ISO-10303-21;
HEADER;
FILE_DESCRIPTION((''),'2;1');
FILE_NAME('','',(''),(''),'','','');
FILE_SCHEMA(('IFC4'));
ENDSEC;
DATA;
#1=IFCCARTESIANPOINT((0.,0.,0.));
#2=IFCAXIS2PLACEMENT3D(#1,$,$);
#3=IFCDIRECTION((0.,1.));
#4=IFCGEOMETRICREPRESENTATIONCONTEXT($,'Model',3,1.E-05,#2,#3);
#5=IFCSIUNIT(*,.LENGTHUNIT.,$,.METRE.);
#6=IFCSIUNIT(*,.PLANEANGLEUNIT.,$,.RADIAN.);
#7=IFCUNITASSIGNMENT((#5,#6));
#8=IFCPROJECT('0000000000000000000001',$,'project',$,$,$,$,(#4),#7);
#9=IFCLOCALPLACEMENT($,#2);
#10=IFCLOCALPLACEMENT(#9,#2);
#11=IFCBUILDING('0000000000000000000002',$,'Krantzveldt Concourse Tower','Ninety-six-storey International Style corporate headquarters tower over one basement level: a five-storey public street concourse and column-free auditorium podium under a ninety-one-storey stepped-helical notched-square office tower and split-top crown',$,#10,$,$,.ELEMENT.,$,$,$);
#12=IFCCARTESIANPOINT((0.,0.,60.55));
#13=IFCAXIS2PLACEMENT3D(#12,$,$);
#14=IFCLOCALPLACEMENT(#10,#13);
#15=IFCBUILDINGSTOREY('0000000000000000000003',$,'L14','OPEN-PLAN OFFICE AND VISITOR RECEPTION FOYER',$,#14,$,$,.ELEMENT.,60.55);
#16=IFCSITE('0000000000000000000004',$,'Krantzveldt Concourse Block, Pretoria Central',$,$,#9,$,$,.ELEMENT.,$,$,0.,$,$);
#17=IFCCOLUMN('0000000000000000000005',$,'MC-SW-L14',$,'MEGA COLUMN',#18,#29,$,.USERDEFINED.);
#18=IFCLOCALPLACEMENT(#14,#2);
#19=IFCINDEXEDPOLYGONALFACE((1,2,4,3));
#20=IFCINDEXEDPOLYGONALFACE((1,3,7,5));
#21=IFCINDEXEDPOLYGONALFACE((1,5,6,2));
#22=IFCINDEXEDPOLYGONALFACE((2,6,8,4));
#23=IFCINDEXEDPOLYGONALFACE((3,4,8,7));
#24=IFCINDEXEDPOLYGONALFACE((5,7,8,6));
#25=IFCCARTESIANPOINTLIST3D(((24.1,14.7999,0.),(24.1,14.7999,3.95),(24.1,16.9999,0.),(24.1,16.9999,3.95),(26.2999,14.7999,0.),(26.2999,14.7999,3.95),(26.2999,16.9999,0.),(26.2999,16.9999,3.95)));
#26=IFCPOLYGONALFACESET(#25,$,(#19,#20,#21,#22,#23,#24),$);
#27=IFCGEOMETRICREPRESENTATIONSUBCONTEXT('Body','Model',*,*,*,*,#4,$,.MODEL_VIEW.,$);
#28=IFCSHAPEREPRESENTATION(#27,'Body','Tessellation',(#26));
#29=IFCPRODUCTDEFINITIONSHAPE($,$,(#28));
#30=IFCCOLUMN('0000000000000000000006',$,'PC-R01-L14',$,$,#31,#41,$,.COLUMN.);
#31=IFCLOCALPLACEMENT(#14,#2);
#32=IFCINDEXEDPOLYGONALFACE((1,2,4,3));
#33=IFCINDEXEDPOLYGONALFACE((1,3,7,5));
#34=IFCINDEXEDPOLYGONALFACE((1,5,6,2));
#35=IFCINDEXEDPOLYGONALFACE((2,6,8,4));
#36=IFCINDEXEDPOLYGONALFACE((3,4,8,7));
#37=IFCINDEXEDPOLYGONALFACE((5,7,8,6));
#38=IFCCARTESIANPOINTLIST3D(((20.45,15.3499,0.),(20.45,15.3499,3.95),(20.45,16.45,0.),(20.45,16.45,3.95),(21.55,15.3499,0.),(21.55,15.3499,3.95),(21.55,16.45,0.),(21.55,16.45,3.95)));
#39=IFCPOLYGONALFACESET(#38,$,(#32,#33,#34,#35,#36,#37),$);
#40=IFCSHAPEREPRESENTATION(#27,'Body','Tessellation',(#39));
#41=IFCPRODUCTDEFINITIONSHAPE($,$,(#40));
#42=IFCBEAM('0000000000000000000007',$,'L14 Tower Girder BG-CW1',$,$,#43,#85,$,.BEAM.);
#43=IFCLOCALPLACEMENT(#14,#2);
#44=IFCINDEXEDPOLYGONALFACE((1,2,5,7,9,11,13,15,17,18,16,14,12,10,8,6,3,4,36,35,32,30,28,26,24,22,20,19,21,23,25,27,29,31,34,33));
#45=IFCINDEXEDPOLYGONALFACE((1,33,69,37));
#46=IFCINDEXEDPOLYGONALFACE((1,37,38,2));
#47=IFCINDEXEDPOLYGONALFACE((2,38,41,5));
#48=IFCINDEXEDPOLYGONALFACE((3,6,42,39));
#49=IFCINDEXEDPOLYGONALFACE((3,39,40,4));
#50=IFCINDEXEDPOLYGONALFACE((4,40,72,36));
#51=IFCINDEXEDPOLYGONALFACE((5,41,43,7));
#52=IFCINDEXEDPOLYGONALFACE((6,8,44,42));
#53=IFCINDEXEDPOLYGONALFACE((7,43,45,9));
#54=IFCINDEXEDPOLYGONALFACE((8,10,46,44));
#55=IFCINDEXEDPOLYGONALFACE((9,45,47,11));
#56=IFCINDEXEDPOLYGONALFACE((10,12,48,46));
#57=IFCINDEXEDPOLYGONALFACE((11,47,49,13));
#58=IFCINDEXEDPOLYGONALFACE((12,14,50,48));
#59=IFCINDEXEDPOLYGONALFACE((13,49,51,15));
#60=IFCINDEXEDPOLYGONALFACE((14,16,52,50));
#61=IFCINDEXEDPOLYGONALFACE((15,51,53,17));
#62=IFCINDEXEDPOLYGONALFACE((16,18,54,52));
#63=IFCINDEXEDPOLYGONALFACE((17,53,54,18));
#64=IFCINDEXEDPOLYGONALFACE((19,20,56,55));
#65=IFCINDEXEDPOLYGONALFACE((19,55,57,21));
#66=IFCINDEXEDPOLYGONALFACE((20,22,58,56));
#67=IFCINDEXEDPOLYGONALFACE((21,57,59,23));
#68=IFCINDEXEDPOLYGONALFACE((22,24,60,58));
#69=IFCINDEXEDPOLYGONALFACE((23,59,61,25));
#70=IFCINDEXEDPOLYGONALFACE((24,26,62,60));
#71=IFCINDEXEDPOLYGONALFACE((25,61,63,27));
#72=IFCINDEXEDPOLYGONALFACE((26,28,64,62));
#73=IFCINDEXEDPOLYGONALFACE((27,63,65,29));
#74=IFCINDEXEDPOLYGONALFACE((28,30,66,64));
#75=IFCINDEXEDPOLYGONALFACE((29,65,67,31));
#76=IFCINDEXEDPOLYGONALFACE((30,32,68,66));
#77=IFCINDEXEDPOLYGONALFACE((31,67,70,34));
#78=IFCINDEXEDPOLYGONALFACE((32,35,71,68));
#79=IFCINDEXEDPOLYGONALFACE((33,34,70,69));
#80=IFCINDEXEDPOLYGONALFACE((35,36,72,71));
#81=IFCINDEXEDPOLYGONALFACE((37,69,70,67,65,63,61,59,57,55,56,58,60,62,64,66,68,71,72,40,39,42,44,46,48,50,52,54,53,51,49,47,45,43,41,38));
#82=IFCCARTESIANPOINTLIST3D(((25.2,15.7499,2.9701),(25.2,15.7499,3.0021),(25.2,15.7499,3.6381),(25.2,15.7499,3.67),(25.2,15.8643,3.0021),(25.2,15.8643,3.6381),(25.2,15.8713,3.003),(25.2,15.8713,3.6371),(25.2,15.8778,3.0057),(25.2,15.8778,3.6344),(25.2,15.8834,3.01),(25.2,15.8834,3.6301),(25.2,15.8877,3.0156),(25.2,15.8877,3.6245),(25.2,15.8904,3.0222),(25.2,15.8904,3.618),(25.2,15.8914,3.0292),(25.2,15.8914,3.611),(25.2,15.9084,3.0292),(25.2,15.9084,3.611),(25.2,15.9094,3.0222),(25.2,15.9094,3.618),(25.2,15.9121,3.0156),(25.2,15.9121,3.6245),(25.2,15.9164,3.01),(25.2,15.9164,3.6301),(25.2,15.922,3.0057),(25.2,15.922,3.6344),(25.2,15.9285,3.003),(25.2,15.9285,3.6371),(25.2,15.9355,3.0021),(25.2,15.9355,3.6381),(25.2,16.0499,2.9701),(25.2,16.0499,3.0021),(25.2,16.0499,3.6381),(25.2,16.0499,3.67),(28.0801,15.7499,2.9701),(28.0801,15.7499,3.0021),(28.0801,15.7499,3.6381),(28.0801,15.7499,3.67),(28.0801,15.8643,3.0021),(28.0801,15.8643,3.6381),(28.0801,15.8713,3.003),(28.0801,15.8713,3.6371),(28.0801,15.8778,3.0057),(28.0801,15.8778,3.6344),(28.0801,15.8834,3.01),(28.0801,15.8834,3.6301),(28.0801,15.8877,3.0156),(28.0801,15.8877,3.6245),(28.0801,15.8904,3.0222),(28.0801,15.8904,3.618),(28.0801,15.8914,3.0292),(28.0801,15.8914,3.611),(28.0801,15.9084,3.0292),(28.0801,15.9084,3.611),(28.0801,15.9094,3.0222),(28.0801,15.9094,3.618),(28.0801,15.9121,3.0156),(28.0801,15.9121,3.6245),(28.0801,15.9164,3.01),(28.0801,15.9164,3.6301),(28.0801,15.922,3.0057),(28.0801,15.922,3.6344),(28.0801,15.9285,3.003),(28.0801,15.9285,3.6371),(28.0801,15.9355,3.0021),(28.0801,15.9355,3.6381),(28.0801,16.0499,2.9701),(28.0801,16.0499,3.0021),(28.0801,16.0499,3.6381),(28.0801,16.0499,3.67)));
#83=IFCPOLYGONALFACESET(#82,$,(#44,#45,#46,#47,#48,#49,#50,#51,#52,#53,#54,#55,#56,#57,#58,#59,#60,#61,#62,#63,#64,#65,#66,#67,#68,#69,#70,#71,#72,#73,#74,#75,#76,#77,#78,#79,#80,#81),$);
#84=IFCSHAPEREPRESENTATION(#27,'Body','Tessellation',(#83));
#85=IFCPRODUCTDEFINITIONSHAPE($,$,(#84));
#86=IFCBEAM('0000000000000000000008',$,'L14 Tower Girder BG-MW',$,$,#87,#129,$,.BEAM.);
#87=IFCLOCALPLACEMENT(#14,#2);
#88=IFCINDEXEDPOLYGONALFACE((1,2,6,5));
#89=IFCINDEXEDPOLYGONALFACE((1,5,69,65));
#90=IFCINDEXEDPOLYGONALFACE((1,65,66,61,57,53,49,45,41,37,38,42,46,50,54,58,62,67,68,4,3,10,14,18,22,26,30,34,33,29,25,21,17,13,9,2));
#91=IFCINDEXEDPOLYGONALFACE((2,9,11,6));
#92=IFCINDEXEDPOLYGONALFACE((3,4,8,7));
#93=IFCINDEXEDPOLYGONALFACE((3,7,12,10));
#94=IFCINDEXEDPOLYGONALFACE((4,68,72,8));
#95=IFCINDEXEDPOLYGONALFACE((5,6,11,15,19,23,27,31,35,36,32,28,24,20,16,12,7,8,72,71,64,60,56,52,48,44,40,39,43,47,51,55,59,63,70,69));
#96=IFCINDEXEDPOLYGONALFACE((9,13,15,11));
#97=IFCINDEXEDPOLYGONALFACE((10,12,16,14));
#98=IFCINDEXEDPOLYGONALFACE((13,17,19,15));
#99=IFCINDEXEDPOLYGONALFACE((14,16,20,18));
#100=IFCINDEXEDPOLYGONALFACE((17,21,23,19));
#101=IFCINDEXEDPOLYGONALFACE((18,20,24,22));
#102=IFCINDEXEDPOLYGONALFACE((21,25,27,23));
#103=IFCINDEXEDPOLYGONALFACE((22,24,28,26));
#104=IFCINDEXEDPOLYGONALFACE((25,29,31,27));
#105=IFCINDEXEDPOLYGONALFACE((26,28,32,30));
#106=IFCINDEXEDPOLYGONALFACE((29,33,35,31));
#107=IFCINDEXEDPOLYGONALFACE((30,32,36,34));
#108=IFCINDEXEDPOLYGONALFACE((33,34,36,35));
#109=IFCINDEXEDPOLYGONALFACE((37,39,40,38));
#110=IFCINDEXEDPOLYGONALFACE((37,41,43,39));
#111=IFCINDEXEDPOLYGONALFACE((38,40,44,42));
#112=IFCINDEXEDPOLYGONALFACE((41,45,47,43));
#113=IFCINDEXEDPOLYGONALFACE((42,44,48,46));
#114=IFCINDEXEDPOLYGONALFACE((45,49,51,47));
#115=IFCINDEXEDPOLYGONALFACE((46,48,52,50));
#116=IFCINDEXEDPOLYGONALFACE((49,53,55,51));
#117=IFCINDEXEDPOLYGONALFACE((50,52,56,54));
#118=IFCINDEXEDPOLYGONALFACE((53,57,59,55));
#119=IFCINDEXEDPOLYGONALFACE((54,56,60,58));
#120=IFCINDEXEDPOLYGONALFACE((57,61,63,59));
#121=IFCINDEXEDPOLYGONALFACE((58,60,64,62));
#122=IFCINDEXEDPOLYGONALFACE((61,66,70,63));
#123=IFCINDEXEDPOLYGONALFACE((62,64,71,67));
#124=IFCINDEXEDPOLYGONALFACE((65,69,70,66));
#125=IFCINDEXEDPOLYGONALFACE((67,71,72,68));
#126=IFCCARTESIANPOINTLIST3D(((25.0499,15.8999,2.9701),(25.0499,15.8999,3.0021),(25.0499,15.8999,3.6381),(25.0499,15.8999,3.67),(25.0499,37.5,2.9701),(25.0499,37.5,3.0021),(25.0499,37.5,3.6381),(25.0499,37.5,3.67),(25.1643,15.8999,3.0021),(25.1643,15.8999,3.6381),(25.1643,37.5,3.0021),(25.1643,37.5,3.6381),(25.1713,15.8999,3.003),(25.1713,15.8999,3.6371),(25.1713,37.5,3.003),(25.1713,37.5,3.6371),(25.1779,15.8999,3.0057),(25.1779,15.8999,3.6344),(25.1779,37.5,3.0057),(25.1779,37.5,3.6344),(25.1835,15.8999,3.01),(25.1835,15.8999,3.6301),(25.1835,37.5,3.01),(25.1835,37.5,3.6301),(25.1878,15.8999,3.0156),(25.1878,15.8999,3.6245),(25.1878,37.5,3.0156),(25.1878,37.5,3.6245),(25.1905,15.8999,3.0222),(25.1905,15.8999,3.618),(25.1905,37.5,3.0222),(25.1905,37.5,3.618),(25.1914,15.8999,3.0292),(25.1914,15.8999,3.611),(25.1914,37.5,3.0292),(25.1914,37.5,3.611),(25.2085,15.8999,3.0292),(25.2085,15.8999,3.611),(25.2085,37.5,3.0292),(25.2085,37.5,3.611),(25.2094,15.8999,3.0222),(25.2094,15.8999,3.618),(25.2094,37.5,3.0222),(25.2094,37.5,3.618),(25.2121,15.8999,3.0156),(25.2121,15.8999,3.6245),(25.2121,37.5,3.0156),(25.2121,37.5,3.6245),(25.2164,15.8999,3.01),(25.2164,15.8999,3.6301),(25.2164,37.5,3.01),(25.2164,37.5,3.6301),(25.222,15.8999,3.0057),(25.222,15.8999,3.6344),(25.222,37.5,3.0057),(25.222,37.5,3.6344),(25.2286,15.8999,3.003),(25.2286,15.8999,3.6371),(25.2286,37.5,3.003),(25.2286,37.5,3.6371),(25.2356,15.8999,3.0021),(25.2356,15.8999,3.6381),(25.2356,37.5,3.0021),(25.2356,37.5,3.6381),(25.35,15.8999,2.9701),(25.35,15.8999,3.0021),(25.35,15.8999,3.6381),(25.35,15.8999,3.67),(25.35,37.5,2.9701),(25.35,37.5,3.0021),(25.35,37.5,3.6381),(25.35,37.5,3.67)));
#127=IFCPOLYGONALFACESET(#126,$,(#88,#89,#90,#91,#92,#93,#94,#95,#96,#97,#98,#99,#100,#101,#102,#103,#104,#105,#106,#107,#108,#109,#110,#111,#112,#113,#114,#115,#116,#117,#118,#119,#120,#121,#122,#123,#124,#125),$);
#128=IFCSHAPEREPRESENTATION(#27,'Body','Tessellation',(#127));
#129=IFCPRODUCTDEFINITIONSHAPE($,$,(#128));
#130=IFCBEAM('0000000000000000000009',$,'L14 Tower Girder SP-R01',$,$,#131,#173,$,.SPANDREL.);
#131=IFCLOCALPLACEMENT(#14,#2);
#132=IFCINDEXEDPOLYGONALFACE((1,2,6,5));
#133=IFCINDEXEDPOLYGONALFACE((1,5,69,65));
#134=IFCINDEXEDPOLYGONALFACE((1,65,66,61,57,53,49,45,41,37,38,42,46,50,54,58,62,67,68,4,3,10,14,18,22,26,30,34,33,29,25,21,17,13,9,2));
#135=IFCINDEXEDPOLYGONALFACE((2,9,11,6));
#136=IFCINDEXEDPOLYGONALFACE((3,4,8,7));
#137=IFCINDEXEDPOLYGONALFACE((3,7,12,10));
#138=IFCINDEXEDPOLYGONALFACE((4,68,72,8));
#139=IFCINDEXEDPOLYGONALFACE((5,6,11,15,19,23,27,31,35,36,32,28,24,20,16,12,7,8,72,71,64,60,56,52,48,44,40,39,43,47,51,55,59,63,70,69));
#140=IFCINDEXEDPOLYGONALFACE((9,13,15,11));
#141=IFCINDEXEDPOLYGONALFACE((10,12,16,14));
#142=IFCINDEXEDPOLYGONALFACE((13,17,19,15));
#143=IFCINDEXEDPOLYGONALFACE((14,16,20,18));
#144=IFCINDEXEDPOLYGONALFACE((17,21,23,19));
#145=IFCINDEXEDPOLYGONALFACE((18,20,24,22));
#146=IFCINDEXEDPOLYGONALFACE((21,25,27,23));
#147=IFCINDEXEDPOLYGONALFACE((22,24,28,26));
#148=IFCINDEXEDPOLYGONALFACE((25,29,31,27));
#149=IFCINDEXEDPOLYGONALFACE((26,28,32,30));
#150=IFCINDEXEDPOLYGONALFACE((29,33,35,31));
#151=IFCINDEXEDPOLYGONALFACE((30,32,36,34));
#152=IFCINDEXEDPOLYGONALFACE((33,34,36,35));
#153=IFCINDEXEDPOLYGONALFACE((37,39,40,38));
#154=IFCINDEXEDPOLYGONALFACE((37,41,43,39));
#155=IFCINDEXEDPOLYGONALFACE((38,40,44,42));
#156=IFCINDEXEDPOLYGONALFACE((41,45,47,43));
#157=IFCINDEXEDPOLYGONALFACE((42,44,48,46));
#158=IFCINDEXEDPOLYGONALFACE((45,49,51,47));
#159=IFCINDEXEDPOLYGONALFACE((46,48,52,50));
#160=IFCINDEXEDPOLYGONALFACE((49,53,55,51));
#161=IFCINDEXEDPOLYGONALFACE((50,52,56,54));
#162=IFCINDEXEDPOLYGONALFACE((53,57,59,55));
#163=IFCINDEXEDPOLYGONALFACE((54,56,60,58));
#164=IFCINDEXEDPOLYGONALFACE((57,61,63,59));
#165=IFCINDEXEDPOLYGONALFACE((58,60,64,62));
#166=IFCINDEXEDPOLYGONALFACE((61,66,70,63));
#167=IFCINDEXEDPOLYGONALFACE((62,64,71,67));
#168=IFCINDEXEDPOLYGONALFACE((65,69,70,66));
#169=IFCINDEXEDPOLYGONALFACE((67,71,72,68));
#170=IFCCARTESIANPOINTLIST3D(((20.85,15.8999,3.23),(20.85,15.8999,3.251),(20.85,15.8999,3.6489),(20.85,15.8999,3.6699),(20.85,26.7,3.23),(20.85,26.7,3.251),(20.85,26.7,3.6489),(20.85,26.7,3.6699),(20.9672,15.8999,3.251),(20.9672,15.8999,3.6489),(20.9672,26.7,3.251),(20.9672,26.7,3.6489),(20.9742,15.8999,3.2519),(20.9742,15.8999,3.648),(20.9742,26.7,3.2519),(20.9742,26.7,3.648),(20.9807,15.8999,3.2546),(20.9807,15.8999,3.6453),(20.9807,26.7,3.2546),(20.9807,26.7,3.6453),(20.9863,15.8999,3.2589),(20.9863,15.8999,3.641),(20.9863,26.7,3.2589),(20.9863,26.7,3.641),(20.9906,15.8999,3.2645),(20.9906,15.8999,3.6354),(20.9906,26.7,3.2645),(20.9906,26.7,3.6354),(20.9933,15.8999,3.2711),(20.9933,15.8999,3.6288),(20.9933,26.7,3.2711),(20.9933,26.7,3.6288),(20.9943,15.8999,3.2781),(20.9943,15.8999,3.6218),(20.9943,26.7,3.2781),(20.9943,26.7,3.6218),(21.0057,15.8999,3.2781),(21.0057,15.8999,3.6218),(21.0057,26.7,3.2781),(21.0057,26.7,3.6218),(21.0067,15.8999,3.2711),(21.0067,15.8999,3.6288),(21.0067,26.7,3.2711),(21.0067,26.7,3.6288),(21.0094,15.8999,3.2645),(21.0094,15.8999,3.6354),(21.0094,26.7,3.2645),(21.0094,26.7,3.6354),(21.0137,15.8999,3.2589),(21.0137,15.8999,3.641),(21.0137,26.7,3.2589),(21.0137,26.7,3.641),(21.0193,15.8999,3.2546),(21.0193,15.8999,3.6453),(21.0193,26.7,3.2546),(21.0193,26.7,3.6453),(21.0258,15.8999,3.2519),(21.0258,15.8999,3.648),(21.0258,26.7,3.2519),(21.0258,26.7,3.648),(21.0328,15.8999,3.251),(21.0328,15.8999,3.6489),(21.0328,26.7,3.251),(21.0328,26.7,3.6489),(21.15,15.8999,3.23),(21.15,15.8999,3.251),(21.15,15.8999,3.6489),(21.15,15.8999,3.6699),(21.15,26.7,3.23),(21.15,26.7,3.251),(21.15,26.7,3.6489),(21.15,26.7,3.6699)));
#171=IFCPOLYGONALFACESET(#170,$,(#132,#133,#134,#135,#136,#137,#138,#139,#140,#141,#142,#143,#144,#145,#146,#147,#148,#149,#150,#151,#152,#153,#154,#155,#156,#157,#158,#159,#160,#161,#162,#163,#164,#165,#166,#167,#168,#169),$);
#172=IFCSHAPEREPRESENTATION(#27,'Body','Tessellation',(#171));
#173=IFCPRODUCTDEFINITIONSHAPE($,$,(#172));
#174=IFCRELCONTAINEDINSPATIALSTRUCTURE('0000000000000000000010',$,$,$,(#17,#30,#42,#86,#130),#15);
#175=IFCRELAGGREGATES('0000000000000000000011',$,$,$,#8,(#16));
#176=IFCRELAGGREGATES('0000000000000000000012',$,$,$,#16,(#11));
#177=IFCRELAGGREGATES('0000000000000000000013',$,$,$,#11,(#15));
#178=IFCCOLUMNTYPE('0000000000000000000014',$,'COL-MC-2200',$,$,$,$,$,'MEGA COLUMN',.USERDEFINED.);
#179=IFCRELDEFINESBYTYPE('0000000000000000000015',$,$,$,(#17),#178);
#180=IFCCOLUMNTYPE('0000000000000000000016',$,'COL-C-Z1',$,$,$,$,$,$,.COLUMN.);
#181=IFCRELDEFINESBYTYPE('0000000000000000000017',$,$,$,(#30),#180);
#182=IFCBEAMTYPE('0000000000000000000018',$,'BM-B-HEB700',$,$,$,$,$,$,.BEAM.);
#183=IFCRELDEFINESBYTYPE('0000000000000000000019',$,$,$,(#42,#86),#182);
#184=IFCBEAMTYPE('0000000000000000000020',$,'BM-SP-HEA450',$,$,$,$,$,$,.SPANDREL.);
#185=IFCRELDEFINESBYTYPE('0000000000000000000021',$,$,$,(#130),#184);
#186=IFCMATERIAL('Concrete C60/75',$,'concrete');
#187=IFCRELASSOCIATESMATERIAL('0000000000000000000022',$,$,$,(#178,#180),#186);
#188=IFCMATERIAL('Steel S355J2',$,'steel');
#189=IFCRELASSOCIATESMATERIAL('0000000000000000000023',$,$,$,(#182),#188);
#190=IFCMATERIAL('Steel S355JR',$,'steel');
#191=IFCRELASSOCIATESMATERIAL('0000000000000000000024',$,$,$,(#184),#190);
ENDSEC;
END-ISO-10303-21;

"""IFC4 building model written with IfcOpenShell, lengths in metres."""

from ifc_helpers import new_model, si_unit, direction, frame, origin, origin_2d, place, context, subcontext, project, spatial, rectangle, i_section, extrude, source, transform, mapped, material, material_profile, profile_set, type_object, type_shapes, element, save


model = new_model("IFC4")

# Units and contexts
model_context = context("Model", 3, precision=1e-05, world=origin(), true_north=direction((0.0, 1.0)))
body_context = subcontext(model_context, "Body", "Model", "MODEL_VIEW")
ifc_project = project(units=[si_unit("LENGTHUNIT", "METRE"), si_unit("PLANEANGLEUNIT", "RADIAN")], contexts=[model_context])

# Site, building, storey
site_placement = place(None, origin())
site = spatial("IfcSite", under=ifc_project, at=site_placement, Name="Krantzveldt Concourse Block, Pretoria Central", CompositionType="ELEMENT", RefElevation=0.0)
building_placement = place(site_placement, origin())
building = spatial("IfcBuilding", under=site, at=building_placement, Name="Krantzveldt Concourse Tower", Description="Ninety-six-storey International Style corporate headquarters tower over one basement level: a five-storey public street concourse and column-free auditorium podium under a ninety-one-storey stepped-helical notched-square office tower and split-top crown", CompositionType="ELEMENT")
storey_placement = place(building_placement, frame((0.0, 0.0, 60.55)))
storey = spatial("IfcBuildingStorey", under=building, at=storey_placement, Name="L14", Description="OPEN-PLAN OFFICE AND VISITOR RECEPTION FOYER", CompositionType="ELEMENT", Elevation=60.55)

# Columns
ifc_material_1 = material(Name="Concrete C60/75", Category="concrete")
ifc_material_profile_1 = material_profile(ifc_material_1, rectangle(XDim=2.2, YDim=2.2, at=origin_2d()), Name="Concrete C60/75", Category="concrete")
ifc_profile_set_1 = profile_set([ifc_material_profile_1], Name="Concrete C60/75 - RC 2200x2200")
column_type_1 = type_object("IfcColumnType", Name="COL-MC-2200", ElementType="MEGA COLUMN", PredefinedType="USERDEFINED", material=ifc_profile_set_1)
shared_shape_1 = source(origin(), body_context, "Body", "SweptSolid", [
    extrude(rectangle(XDim=2.2, YDim=2.2, at=origin_2d()), origin(), (0.0, 0.0, 1.0), 3.95),
])
type_shapes(column_type_1, [shared_shape_1])
column_1_placement = place(storey_placement, frame((25.2, 15.8999, 0.0), z_axis=(0.0, 0.0, 1.0), x_axis=(1.0, 0.0, 0.0)))
element("IfcColumn", 1, at=column_1_placement, inside=storey, type_object=column_type_1, Name="MC-SW-L14", ObjectType="MEGA COLUMN", PredefinedType="USERDEFINED", context=body_context, shape_type="MappedRepresentation", body=[
    mapped(shared_shape_1, transform((0.0, 0.0, 0.0), x_axis=(1.0, 0.0, 0.0), y_axis=(0.0, 1.0, 0.0), z_axis=(0.0, 0.0, 1.0), scale=1.0)),
])
ifc_material_profile_2 = material_profile(ifc_material_1, rectangle(XDim=1.1001, YDim=1.1001, at=origin_2d()), Name="Concrete C60/75", Category="concrete")
ifc_profile_set_2 = profile_set([ifc_material_profile_2], Name="Concrete C60/75 - RC 1100x1100")
column_type_2 = type_object("IfcColumnType", Name="COL-C-Z1", PredefinedType="COLUMN", material=ifc_profile_set_2)
shared_shape_2 = source(origin(), body_context, "Body", "SweptSolid", [
    extrude(rectangle(XDim=1.1001, YDim=1.1001, at=origin_2d()), origin(), (0.0, 0.0, 1.0), 3.95),
])
type_shapes(column_type_2, [shared_shape_2])
column_2_placement = place(storey_placement, frame((21.0, 15.8999, 0.0), z_axis=(0.0, 0.0, 1.0), x_axis=(1.0, 0.0, 0.0)))
element("IfcColumn", 2, at=column_2_placement, inside=storey, type_object=column_type_2, Name="PC-R01-L14", PredefinedType="COLUMN", context=body_context, shape_type="MappedRepresentation", body=[
    mapped(shared_shape_2, transform((0.0, 0.0, 0.0), x_axis=(1.0, 0.0, 0.0), y_axis=(0.0, 1.0, 0.0), z_axis=(0.0, 0.0, 1.0), scale=1.0)),
])

# Beams
ifc_material_2 = material(Name="Steel S355J2", Category="steel")
ifc_material_profile_3 = material_profile(ifc_material_2, i_section(OverallWidth=0.3, OverallDepth=0.7, WebThickness=0.0171, FlangeThickness=0.032, FilletRadius=0.0271, at=origin_2d()), Name="Steel S355J2", Category="steel")
ifc_profile_set_3 = profile_set([ifc_material_profile_3], Name="Steel S355J2 - HEB 700")
beam_type_1 = type_object("IfcBeamType", Name="BM-B-HEB700", PredefinedType="BEAM", material=ifc_profile_set_3)
shared_shape_3 = source(origin(), body_context, "Body", "SweptSolid", [
    extrude(i_section(OverallWidth=0.3, OverallDepth=0.7, WebThickness=0.0171, FlangeThickness=0.032, FilletRadius=0.0271, at=origin_2d()), origin(), (0.0, 0.0, 1.0), 2.8801),
])
beam_1_placement = place(storey_placement, frame((25.2, 15.8999, 3.3201), z_axis=(1.0, 0.0, 0.0), x_axis=(0.0, 1.0, 0.0)))
element("IfcBeam", 3, at=beam_1_placement, inside=storey, type_object=beam_type_1, Name="L14 Tower Girder BG-CW1", PredefinedType="BEAM", context=body_context, shape_type="MappedRepresentation", body=[
    mapped(shared_shape_3, transform((0.0, 0.0, 0.0), x_axis=(1.0, 0.0, 0.0), y_axis=(0.0, 1.0, 0.0), z_axis=(0.0, 0.0, 1.0), scale=1.0)),
])
shared_shape_4 = source(origin(), body_context, "Body", "SweptSolid", [
    extrude(i_section(OverallWidth=0.3, OverallDepth=0.7, WebThickness=0.0171, FlangeThickness=0.032, FilletRadius=0.0271, at=origin_2d()), origin(), (0.0, 0.0, 1.0), 21.6001),
])
type_shapes(beam_type_1, [shared_shape_3, shared_shape_4])
beam_2_placement = place(storey_placement, frame((25.2, 15.8999, 3.3201), z_axis=(0.0, 1.0, 0.0), x_axis=(-1.0, 0.0, 0.0)))
element("IfcBeam", 4, at=beam_2_placement, inside=storey, type_object=beam_type_1, Name="L14 Tower Girder BG-MW", PredefinedType="BEAM", context=body_context, shape_type="MappedRepresentation", body=[
    mapped(shared_shape_4, transform((0.0, 0.0, 0.0), x_axis=(1.0, 0.0, 0.0), y_axis=(0.0, 1.0, 0.0), z_axis=(0.0, 0.0, 1.0), scale=1.0)),
])
ifc_material_3 = material(Name="Steel S355JR", Category="steel")
ifc_material_profile_4 = material_profile(ifc_material_3, i_section(OverallWidth=0.3, OverallDepth=0.4399, WebThickness=0.0115, FlangeThickness=0.021, FilletRadius=0.0271, at=origin_2d()), Name="Steel S355JR", Category="steel")
ifc_profile_set_4 = profile_set([ifc_material_profile_4], Name="Steel S355JR - HEA 450")
beam_type_2 = type_object("IfcBeamType", Name="BM-SP-HEA450", PredefinedType="SPANDREL", material=ifc_profile_set_4)
shared_shape_5 = source(origin(), body_context, "Body", "SweptSolid", [
    extrude(i_section(OverallWidth=0.3, OverallDepth=0.4399, WebThickness=0.0115, FlangeThickness=0.021, FilletRadius=0.0271, at=origin_2d()), origin(), (0.0, 0.0, 1.0), 10.8),
])
type_shapes(beam_type_2, [shared_shape_5])
beam_3_placement = place(storey_placement, frame((21.0, 15.8999, 3.45), z_axis=(0.0, 1.0, 0.0), x_axis=(-1.0, 0.0, 0.0)))
element("IfcBeam", 5, at=beam_3_placement, inside=storey, type_object=beam_type_2, Name="L14 Tower Girder SP-R01", PredefinedType="SPANDREL", context=body_context, shape_type="MappedRepresentation", body=[
    mapped(shared_shape_5, transform((0.0, 0.0, 0.0), x_axis=(1.0, 0.0, 0.0), y_axis=(0.0, 1.0, 0.0), z_axis=(0.0, 0.0, 1.0), scale=1.0)),
])

save(model, "model.ifc")
